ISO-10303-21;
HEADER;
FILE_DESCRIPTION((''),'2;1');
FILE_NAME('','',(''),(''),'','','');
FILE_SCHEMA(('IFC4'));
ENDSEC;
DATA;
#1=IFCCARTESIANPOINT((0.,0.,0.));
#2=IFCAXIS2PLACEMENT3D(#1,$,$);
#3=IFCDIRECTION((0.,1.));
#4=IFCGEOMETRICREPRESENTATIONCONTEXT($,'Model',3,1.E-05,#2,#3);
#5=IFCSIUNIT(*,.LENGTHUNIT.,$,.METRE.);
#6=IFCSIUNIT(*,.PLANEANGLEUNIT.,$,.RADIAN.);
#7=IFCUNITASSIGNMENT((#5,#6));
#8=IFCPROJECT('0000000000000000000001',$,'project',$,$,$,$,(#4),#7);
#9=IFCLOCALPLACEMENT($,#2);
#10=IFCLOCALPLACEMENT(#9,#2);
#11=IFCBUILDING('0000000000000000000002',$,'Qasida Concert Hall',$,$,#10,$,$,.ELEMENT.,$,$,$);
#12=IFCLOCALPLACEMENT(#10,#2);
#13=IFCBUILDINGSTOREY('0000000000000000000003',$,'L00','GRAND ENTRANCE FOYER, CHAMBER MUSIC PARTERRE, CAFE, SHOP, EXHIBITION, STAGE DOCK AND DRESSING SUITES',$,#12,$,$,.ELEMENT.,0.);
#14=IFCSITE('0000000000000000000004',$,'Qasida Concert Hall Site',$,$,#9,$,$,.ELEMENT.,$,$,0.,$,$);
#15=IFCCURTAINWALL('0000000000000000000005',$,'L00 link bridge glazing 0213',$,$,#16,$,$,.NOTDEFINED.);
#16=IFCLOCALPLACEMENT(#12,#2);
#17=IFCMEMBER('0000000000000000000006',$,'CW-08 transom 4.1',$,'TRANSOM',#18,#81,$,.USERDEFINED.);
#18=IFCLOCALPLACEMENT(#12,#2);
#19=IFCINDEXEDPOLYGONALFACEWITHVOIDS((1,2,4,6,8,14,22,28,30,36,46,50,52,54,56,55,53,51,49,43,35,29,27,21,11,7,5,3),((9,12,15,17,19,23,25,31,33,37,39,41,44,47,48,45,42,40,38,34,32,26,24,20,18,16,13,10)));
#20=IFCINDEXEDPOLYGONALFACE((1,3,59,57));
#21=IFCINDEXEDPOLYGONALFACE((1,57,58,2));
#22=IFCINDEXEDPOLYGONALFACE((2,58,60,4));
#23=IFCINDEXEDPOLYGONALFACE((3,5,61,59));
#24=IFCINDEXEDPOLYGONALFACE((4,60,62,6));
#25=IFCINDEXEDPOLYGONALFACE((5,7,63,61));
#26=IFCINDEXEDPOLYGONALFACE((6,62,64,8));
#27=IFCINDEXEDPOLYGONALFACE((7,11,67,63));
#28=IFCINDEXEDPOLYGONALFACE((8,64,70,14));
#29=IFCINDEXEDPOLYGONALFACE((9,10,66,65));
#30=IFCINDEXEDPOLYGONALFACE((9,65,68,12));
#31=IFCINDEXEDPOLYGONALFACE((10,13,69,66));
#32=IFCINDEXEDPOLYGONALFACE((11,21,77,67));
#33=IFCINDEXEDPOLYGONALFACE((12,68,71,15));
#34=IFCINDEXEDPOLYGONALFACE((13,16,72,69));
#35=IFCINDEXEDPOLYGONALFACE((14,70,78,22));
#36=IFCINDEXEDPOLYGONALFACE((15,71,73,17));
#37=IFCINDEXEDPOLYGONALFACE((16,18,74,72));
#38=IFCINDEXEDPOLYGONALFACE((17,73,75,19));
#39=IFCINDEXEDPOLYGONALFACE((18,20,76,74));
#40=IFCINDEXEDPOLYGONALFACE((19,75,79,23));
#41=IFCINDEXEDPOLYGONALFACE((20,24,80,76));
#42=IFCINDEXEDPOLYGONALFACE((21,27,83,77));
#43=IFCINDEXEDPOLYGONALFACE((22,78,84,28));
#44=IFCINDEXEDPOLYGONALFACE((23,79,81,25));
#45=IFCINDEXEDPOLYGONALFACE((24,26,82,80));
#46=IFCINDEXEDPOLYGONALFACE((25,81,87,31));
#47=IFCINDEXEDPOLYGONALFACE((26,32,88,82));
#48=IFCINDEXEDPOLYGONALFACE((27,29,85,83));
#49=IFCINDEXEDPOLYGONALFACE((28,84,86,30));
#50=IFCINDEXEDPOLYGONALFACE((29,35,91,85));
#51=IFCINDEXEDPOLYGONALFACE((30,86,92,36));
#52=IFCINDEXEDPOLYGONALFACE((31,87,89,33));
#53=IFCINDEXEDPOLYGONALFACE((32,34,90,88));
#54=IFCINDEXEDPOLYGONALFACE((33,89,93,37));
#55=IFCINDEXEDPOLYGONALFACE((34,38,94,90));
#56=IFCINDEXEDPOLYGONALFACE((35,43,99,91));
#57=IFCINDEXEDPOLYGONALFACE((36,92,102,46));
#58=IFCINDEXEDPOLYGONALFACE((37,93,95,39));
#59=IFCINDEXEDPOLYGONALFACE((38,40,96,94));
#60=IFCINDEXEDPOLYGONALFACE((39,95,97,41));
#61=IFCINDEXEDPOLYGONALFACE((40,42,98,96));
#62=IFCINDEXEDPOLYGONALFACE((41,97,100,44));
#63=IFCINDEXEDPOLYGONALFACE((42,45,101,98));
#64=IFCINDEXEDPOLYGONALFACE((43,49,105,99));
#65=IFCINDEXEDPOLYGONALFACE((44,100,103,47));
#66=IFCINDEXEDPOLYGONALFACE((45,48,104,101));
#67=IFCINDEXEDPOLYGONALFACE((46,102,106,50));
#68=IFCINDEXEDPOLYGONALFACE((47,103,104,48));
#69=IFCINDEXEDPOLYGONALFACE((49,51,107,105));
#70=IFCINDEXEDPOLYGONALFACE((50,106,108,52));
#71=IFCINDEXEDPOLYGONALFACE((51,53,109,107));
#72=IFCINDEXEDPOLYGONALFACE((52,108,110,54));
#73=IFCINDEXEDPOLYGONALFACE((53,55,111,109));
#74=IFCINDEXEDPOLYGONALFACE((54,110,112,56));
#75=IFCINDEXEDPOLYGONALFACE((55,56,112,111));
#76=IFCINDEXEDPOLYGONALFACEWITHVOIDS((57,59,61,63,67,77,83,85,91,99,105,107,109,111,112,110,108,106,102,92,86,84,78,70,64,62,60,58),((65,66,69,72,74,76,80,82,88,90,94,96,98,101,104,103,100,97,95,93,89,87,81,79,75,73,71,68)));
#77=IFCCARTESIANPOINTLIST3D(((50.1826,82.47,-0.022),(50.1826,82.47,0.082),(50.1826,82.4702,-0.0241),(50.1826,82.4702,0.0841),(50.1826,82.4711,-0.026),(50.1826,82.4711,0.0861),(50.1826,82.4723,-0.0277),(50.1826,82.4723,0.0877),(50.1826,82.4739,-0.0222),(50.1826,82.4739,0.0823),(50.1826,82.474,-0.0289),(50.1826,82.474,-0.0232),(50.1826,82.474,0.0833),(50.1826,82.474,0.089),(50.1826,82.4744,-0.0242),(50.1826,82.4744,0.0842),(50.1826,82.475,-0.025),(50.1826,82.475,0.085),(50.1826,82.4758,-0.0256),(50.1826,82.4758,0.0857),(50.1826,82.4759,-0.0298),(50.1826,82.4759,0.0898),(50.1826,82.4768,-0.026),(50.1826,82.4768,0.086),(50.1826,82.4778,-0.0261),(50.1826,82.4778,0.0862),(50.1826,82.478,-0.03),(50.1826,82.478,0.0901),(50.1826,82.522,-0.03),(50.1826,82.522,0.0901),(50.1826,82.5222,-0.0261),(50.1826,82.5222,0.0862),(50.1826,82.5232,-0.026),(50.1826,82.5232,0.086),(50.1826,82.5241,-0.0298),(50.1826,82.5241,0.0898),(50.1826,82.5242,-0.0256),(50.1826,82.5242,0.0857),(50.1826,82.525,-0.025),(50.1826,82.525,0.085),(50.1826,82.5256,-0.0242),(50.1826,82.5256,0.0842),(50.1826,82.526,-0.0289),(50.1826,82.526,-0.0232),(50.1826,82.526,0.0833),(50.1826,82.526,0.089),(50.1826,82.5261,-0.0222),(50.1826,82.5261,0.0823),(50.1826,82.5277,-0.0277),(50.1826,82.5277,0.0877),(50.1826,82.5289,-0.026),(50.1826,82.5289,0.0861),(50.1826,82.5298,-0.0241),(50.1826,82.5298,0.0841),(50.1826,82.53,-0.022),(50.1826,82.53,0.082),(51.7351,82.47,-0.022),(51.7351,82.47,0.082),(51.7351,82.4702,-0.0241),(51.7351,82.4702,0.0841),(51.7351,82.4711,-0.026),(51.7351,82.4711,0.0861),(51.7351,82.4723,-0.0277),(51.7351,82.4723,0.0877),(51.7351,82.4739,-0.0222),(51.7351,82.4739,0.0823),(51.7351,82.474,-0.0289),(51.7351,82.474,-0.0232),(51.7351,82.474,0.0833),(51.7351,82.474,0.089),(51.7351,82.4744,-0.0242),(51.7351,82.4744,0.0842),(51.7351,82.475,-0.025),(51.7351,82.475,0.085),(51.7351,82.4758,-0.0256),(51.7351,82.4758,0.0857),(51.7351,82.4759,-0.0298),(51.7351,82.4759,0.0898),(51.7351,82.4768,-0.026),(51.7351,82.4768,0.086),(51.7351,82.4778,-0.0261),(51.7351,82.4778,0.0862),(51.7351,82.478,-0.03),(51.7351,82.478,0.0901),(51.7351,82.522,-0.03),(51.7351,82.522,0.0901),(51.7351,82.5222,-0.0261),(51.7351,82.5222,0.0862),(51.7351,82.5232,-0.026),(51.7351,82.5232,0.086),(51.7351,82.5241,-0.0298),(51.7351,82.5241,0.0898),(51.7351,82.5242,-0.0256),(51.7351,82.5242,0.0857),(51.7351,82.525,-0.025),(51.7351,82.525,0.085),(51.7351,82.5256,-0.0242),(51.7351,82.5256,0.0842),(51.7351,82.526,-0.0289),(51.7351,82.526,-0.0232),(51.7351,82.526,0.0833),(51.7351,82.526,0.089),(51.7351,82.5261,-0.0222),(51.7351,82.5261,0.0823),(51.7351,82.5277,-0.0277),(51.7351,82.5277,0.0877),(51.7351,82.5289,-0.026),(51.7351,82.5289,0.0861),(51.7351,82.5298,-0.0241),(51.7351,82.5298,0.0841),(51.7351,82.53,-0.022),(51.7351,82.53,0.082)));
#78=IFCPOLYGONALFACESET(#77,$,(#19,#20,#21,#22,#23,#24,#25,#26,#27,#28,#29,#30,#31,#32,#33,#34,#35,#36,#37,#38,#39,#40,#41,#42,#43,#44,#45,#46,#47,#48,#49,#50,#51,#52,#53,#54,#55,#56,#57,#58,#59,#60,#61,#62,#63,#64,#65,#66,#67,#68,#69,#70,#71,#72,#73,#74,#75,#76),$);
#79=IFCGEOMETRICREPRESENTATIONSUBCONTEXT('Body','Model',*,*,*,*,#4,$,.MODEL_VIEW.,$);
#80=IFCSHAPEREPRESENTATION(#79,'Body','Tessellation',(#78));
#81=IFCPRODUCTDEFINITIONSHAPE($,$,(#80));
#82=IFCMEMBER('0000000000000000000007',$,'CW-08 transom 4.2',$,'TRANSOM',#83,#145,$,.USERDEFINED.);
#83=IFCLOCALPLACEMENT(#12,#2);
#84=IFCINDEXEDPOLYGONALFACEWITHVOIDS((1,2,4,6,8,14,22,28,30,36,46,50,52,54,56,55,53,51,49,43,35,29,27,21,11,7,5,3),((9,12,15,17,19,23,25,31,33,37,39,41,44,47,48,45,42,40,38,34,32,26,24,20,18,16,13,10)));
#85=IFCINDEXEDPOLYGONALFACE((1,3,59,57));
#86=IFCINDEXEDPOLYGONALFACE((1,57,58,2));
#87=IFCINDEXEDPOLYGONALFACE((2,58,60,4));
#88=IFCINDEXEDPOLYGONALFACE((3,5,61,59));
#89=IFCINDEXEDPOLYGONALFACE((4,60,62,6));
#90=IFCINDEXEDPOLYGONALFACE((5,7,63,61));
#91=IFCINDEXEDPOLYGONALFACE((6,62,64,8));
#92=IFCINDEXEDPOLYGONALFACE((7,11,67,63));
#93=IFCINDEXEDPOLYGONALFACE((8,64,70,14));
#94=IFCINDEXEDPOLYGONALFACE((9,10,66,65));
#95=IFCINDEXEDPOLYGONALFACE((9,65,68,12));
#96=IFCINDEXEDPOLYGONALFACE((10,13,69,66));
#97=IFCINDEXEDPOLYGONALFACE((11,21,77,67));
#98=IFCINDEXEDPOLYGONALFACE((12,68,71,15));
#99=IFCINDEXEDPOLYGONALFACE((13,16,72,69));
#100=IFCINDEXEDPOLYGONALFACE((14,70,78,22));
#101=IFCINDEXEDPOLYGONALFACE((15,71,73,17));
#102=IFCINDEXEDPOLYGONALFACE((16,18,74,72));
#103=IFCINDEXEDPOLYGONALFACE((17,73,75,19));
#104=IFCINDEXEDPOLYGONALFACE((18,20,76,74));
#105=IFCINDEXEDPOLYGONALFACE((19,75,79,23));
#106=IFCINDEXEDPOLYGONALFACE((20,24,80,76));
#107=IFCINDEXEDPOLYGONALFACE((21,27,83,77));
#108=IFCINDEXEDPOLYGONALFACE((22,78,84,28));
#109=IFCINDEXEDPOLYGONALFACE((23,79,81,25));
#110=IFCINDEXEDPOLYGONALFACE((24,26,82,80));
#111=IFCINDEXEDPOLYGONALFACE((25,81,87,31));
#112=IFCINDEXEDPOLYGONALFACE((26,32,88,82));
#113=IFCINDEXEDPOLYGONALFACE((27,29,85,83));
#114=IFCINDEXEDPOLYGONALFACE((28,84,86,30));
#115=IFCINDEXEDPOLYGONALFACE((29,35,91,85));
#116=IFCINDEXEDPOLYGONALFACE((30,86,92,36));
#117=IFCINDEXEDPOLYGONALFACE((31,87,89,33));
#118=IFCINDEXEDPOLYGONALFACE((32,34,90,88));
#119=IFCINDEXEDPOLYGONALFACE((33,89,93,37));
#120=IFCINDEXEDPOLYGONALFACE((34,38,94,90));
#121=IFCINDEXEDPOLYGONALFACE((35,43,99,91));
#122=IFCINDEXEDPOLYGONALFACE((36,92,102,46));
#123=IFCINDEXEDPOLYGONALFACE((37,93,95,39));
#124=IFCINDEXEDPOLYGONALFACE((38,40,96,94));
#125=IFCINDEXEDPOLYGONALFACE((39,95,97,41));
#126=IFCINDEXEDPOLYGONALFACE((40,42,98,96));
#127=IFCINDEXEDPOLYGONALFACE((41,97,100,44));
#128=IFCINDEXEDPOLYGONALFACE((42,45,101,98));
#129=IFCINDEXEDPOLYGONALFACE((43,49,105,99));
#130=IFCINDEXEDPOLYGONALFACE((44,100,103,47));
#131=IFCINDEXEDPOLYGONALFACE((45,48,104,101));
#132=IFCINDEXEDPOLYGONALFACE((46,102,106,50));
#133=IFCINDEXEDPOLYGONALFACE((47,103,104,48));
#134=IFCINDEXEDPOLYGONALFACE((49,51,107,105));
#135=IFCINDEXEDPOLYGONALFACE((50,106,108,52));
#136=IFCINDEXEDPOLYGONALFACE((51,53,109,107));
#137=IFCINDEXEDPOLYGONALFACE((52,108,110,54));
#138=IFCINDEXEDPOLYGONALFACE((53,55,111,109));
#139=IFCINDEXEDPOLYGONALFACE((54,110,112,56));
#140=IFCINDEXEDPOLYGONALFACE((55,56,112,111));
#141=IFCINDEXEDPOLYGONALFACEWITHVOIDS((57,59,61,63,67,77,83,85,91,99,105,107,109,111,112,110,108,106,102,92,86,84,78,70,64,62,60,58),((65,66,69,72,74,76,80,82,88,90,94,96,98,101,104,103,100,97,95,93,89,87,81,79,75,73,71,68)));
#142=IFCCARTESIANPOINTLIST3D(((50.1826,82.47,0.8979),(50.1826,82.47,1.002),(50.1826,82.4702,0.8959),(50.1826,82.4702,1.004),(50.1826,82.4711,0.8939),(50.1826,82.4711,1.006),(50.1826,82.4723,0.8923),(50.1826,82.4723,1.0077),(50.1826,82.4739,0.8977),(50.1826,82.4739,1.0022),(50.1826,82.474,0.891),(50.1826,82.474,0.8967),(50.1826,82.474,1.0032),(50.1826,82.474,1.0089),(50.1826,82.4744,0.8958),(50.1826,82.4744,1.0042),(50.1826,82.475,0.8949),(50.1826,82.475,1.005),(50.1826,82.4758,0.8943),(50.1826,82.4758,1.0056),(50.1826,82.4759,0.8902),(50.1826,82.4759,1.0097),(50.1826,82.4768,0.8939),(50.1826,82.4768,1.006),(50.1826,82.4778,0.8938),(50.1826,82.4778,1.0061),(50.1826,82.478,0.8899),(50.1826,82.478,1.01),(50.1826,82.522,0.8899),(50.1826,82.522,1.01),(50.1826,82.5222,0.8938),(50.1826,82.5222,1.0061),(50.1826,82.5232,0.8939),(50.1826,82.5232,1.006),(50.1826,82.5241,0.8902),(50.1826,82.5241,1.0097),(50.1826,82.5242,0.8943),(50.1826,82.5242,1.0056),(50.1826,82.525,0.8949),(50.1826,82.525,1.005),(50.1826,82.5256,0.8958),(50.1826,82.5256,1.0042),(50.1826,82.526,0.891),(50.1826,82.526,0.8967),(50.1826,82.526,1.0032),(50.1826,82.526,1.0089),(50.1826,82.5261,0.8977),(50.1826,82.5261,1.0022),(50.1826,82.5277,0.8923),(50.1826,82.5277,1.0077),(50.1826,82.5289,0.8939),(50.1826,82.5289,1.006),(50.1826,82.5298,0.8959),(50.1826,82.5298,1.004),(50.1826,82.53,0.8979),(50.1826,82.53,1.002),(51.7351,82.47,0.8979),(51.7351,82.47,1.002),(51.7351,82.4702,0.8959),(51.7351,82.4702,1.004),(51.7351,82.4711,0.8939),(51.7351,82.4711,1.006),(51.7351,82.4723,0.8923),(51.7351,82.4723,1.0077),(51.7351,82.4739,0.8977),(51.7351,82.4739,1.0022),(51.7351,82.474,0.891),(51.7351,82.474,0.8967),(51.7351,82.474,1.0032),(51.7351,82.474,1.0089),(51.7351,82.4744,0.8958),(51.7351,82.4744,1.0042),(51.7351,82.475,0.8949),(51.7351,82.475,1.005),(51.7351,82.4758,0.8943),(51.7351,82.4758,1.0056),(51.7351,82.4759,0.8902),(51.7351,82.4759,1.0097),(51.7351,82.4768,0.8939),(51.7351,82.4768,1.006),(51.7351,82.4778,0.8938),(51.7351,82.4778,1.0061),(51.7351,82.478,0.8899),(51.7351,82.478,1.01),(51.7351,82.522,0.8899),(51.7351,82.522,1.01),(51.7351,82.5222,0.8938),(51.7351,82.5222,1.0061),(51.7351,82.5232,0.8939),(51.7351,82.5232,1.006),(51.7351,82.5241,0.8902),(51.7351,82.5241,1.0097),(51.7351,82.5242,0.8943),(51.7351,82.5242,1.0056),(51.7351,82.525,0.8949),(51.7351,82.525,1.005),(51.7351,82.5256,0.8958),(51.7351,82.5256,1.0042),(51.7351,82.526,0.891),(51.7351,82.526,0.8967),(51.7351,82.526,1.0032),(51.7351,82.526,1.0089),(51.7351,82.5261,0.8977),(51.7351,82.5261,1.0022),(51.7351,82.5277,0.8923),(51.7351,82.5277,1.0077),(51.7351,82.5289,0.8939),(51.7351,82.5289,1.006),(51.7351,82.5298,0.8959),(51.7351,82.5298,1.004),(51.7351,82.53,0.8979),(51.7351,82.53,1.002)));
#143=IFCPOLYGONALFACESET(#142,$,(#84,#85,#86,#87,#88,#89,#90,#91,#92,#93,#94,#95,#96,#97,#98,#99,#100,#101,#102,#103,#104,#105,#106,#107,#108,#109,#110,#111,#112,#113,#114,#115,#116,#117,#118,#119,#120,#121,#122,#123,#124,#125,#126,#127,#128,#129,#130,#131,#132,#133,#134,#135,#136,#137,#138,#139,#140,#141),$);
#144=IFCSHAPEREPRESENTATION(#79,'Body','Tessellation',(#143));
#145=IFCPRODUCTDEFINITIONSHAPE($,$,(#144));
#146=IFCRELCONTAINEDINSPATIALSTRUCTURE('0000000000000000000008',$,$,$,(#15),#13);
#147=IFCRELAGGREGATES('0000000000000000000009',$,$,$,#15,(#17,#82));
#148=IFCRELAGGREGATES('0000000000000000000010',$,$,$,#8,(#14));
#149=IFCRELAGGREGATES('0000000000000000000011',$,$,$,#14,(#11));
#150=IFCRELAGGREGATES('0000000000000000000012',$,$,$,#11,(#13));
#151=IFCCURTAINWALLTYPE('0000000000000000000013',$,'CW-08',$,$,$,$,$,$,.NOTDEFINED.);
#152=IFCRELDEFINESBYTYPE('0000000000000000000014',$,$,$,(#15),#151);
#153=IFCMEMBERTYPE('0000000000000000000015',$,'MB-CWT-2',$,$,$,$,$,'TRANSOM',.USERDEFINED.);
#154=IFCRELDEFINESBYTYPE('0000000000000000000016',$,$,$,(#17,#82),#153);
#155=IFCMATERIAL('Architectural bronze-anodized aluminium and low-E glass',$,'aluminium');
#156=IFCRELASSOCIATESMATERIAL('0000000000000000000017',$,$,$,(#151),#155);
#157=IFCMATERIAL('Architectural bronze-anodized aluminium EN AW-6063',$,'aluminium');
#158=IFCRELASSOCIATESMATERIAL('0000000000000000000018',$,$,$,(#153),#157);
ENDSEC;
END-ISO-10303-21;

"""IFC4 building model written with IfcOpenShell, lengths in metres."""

from ifc_helpers import new_model, si_unit, direction, frame, origin, origin_2d, place, context, subcontext, project, spatial, hollow_rectangle, extrude, material, material_profile, profile_set, type_object, element, aggregate, save


model = new_model("IFC4")

# Units and contexts
model_context = context("Model", 3, precision=1e-05, world=origin(), true_north=direction((0.0, 1.0)))
body_context = subcontext(model_context, "Body", "Model", "MODEL_VIEW")
ifc_project = project(units=[si_unit("LENGTHUNIT", "METRE"), si_unit("PLANEANGLEUNIT", "RADIAN")], contexts=[model_context])

# Site, building, storey
site_placement = place(None, origin())
site = spatial("IfcSite", under=ifc_project, at=site_placement, Name="Qasida Concert Hall Site", CompositionType="ELEMENT", RefElevation=0.0)
building_placement = place(site_placement, origin())
building = spatial("IfcBuilding", under=site, at=building_placement, Name="Qasida Concert Hall", CompositionType="ELEMENT")
storey_placement = place(building_placement, origin())
storey = spatial("IfcBuildingStorey", under=building, at=storey_placement, Name="L00", Description="GRAND ENTRANCE FOYER, CHAMBER MUSIC PARTERRE, CAFE, SHOP, EXHIBITION, STAGE DOCK AND DRESSING SUITES", CompositionType="ELEMENT", Elevation=0.0)

# Curtain wall, members
ifc_material_1 = material(Name="Architectural bronze-anodized aluminium and low-E glass", Category="aluminium")
curtain_wall_type = type_object("IfcCurtainWallType", Name="CW-08", PredefinedType="NOTDEFINED", material=ifc_material_1)
curtain_wall_placement = place(storey_placement, origin())
curtain_wall = element("IfcCurtainWall", 1, at=curtain_wall_placement, inside=storey, type_object=curtain_wall_type, Name="L00 link bridge glazing 0213", PredefinedType="NOTDEFINED")
ifc_material_2 = material(Name="Architectural bronze-anodized aluminium EN AW-6063", Category="aluminium")
ifc_material_profile_1 = material_profile(ifc_material_2, hollow_rectangle(XDim=0.0601, YDim=0.1201, WallThickness=0.0039, InnerFilletRadius=0.0039, OuterFilletRadius=0.0081, at=origin_2d()), Name="CWT 120x60x4")
ifc_profile_set_1 = profile_set([ifc_material_profile_1], Name="Architectural bronze-anodized aluminium EN AW-6063")
member_type_1 = type_object("IfcMemberType", Name="MB-CWT-2", ElementType="TRANSOM", PredefinedType="USERDEFINED", material=ifc_profile_set_1)
member_1_placement = place(storey_placement, frame((50.1826, 82.5, 0.03), z_axis=(1.0, 0.0, 0.0), x_axis=(0.0, 1.0, 0.0)))
member_1 = element("IfcMember", 2, at=member_1_placement, type_object=member_type_1, Name="CW-08 transom 4.1", ObjectType="TRANSOM", PredefinedType="USERDEFINED", context=body_context, shape_type="SweptSolid", body=[
    extrude(hollow_rectangle(XDim=0.0601, YDim=0.1201, WallThickness=0.0039, InnerFilletRadius=0.0039, OuterFilletRadius=0.0081, at=origin_2d()), origin(), (0.0, 0.0, 1.0), 1.5525),
])
member_2_placement = place(storey_placement, frame((50.1826, 82.5, 0.95), z_axis=(1.0, 0.0, 0.0), x_axis=(0.0, 1.0, 0.0)))
member_2 = element("IfcMember", 3, at=member_2_placement, type_object=member_type_1, Name="CW-08 transom 4.2", ObjectType="TRANSOM", PredefinedType="USERDEFINED", context=body_context, shape_type="SweptSolid", body=[
    extrude(hollow_rectangle(XDim=0.0601, YDim=0.1201, WallThickness=0.0039, InnerFilletRadius=0.0039, OuterFilletRadius=0.0081, at=origin_2d()), origin(), (0.0, 0.0, 1.0), 1.5525),
])
aggregate(curtain_wall, [member_1, member_2])

save(model, "model.ifc")
